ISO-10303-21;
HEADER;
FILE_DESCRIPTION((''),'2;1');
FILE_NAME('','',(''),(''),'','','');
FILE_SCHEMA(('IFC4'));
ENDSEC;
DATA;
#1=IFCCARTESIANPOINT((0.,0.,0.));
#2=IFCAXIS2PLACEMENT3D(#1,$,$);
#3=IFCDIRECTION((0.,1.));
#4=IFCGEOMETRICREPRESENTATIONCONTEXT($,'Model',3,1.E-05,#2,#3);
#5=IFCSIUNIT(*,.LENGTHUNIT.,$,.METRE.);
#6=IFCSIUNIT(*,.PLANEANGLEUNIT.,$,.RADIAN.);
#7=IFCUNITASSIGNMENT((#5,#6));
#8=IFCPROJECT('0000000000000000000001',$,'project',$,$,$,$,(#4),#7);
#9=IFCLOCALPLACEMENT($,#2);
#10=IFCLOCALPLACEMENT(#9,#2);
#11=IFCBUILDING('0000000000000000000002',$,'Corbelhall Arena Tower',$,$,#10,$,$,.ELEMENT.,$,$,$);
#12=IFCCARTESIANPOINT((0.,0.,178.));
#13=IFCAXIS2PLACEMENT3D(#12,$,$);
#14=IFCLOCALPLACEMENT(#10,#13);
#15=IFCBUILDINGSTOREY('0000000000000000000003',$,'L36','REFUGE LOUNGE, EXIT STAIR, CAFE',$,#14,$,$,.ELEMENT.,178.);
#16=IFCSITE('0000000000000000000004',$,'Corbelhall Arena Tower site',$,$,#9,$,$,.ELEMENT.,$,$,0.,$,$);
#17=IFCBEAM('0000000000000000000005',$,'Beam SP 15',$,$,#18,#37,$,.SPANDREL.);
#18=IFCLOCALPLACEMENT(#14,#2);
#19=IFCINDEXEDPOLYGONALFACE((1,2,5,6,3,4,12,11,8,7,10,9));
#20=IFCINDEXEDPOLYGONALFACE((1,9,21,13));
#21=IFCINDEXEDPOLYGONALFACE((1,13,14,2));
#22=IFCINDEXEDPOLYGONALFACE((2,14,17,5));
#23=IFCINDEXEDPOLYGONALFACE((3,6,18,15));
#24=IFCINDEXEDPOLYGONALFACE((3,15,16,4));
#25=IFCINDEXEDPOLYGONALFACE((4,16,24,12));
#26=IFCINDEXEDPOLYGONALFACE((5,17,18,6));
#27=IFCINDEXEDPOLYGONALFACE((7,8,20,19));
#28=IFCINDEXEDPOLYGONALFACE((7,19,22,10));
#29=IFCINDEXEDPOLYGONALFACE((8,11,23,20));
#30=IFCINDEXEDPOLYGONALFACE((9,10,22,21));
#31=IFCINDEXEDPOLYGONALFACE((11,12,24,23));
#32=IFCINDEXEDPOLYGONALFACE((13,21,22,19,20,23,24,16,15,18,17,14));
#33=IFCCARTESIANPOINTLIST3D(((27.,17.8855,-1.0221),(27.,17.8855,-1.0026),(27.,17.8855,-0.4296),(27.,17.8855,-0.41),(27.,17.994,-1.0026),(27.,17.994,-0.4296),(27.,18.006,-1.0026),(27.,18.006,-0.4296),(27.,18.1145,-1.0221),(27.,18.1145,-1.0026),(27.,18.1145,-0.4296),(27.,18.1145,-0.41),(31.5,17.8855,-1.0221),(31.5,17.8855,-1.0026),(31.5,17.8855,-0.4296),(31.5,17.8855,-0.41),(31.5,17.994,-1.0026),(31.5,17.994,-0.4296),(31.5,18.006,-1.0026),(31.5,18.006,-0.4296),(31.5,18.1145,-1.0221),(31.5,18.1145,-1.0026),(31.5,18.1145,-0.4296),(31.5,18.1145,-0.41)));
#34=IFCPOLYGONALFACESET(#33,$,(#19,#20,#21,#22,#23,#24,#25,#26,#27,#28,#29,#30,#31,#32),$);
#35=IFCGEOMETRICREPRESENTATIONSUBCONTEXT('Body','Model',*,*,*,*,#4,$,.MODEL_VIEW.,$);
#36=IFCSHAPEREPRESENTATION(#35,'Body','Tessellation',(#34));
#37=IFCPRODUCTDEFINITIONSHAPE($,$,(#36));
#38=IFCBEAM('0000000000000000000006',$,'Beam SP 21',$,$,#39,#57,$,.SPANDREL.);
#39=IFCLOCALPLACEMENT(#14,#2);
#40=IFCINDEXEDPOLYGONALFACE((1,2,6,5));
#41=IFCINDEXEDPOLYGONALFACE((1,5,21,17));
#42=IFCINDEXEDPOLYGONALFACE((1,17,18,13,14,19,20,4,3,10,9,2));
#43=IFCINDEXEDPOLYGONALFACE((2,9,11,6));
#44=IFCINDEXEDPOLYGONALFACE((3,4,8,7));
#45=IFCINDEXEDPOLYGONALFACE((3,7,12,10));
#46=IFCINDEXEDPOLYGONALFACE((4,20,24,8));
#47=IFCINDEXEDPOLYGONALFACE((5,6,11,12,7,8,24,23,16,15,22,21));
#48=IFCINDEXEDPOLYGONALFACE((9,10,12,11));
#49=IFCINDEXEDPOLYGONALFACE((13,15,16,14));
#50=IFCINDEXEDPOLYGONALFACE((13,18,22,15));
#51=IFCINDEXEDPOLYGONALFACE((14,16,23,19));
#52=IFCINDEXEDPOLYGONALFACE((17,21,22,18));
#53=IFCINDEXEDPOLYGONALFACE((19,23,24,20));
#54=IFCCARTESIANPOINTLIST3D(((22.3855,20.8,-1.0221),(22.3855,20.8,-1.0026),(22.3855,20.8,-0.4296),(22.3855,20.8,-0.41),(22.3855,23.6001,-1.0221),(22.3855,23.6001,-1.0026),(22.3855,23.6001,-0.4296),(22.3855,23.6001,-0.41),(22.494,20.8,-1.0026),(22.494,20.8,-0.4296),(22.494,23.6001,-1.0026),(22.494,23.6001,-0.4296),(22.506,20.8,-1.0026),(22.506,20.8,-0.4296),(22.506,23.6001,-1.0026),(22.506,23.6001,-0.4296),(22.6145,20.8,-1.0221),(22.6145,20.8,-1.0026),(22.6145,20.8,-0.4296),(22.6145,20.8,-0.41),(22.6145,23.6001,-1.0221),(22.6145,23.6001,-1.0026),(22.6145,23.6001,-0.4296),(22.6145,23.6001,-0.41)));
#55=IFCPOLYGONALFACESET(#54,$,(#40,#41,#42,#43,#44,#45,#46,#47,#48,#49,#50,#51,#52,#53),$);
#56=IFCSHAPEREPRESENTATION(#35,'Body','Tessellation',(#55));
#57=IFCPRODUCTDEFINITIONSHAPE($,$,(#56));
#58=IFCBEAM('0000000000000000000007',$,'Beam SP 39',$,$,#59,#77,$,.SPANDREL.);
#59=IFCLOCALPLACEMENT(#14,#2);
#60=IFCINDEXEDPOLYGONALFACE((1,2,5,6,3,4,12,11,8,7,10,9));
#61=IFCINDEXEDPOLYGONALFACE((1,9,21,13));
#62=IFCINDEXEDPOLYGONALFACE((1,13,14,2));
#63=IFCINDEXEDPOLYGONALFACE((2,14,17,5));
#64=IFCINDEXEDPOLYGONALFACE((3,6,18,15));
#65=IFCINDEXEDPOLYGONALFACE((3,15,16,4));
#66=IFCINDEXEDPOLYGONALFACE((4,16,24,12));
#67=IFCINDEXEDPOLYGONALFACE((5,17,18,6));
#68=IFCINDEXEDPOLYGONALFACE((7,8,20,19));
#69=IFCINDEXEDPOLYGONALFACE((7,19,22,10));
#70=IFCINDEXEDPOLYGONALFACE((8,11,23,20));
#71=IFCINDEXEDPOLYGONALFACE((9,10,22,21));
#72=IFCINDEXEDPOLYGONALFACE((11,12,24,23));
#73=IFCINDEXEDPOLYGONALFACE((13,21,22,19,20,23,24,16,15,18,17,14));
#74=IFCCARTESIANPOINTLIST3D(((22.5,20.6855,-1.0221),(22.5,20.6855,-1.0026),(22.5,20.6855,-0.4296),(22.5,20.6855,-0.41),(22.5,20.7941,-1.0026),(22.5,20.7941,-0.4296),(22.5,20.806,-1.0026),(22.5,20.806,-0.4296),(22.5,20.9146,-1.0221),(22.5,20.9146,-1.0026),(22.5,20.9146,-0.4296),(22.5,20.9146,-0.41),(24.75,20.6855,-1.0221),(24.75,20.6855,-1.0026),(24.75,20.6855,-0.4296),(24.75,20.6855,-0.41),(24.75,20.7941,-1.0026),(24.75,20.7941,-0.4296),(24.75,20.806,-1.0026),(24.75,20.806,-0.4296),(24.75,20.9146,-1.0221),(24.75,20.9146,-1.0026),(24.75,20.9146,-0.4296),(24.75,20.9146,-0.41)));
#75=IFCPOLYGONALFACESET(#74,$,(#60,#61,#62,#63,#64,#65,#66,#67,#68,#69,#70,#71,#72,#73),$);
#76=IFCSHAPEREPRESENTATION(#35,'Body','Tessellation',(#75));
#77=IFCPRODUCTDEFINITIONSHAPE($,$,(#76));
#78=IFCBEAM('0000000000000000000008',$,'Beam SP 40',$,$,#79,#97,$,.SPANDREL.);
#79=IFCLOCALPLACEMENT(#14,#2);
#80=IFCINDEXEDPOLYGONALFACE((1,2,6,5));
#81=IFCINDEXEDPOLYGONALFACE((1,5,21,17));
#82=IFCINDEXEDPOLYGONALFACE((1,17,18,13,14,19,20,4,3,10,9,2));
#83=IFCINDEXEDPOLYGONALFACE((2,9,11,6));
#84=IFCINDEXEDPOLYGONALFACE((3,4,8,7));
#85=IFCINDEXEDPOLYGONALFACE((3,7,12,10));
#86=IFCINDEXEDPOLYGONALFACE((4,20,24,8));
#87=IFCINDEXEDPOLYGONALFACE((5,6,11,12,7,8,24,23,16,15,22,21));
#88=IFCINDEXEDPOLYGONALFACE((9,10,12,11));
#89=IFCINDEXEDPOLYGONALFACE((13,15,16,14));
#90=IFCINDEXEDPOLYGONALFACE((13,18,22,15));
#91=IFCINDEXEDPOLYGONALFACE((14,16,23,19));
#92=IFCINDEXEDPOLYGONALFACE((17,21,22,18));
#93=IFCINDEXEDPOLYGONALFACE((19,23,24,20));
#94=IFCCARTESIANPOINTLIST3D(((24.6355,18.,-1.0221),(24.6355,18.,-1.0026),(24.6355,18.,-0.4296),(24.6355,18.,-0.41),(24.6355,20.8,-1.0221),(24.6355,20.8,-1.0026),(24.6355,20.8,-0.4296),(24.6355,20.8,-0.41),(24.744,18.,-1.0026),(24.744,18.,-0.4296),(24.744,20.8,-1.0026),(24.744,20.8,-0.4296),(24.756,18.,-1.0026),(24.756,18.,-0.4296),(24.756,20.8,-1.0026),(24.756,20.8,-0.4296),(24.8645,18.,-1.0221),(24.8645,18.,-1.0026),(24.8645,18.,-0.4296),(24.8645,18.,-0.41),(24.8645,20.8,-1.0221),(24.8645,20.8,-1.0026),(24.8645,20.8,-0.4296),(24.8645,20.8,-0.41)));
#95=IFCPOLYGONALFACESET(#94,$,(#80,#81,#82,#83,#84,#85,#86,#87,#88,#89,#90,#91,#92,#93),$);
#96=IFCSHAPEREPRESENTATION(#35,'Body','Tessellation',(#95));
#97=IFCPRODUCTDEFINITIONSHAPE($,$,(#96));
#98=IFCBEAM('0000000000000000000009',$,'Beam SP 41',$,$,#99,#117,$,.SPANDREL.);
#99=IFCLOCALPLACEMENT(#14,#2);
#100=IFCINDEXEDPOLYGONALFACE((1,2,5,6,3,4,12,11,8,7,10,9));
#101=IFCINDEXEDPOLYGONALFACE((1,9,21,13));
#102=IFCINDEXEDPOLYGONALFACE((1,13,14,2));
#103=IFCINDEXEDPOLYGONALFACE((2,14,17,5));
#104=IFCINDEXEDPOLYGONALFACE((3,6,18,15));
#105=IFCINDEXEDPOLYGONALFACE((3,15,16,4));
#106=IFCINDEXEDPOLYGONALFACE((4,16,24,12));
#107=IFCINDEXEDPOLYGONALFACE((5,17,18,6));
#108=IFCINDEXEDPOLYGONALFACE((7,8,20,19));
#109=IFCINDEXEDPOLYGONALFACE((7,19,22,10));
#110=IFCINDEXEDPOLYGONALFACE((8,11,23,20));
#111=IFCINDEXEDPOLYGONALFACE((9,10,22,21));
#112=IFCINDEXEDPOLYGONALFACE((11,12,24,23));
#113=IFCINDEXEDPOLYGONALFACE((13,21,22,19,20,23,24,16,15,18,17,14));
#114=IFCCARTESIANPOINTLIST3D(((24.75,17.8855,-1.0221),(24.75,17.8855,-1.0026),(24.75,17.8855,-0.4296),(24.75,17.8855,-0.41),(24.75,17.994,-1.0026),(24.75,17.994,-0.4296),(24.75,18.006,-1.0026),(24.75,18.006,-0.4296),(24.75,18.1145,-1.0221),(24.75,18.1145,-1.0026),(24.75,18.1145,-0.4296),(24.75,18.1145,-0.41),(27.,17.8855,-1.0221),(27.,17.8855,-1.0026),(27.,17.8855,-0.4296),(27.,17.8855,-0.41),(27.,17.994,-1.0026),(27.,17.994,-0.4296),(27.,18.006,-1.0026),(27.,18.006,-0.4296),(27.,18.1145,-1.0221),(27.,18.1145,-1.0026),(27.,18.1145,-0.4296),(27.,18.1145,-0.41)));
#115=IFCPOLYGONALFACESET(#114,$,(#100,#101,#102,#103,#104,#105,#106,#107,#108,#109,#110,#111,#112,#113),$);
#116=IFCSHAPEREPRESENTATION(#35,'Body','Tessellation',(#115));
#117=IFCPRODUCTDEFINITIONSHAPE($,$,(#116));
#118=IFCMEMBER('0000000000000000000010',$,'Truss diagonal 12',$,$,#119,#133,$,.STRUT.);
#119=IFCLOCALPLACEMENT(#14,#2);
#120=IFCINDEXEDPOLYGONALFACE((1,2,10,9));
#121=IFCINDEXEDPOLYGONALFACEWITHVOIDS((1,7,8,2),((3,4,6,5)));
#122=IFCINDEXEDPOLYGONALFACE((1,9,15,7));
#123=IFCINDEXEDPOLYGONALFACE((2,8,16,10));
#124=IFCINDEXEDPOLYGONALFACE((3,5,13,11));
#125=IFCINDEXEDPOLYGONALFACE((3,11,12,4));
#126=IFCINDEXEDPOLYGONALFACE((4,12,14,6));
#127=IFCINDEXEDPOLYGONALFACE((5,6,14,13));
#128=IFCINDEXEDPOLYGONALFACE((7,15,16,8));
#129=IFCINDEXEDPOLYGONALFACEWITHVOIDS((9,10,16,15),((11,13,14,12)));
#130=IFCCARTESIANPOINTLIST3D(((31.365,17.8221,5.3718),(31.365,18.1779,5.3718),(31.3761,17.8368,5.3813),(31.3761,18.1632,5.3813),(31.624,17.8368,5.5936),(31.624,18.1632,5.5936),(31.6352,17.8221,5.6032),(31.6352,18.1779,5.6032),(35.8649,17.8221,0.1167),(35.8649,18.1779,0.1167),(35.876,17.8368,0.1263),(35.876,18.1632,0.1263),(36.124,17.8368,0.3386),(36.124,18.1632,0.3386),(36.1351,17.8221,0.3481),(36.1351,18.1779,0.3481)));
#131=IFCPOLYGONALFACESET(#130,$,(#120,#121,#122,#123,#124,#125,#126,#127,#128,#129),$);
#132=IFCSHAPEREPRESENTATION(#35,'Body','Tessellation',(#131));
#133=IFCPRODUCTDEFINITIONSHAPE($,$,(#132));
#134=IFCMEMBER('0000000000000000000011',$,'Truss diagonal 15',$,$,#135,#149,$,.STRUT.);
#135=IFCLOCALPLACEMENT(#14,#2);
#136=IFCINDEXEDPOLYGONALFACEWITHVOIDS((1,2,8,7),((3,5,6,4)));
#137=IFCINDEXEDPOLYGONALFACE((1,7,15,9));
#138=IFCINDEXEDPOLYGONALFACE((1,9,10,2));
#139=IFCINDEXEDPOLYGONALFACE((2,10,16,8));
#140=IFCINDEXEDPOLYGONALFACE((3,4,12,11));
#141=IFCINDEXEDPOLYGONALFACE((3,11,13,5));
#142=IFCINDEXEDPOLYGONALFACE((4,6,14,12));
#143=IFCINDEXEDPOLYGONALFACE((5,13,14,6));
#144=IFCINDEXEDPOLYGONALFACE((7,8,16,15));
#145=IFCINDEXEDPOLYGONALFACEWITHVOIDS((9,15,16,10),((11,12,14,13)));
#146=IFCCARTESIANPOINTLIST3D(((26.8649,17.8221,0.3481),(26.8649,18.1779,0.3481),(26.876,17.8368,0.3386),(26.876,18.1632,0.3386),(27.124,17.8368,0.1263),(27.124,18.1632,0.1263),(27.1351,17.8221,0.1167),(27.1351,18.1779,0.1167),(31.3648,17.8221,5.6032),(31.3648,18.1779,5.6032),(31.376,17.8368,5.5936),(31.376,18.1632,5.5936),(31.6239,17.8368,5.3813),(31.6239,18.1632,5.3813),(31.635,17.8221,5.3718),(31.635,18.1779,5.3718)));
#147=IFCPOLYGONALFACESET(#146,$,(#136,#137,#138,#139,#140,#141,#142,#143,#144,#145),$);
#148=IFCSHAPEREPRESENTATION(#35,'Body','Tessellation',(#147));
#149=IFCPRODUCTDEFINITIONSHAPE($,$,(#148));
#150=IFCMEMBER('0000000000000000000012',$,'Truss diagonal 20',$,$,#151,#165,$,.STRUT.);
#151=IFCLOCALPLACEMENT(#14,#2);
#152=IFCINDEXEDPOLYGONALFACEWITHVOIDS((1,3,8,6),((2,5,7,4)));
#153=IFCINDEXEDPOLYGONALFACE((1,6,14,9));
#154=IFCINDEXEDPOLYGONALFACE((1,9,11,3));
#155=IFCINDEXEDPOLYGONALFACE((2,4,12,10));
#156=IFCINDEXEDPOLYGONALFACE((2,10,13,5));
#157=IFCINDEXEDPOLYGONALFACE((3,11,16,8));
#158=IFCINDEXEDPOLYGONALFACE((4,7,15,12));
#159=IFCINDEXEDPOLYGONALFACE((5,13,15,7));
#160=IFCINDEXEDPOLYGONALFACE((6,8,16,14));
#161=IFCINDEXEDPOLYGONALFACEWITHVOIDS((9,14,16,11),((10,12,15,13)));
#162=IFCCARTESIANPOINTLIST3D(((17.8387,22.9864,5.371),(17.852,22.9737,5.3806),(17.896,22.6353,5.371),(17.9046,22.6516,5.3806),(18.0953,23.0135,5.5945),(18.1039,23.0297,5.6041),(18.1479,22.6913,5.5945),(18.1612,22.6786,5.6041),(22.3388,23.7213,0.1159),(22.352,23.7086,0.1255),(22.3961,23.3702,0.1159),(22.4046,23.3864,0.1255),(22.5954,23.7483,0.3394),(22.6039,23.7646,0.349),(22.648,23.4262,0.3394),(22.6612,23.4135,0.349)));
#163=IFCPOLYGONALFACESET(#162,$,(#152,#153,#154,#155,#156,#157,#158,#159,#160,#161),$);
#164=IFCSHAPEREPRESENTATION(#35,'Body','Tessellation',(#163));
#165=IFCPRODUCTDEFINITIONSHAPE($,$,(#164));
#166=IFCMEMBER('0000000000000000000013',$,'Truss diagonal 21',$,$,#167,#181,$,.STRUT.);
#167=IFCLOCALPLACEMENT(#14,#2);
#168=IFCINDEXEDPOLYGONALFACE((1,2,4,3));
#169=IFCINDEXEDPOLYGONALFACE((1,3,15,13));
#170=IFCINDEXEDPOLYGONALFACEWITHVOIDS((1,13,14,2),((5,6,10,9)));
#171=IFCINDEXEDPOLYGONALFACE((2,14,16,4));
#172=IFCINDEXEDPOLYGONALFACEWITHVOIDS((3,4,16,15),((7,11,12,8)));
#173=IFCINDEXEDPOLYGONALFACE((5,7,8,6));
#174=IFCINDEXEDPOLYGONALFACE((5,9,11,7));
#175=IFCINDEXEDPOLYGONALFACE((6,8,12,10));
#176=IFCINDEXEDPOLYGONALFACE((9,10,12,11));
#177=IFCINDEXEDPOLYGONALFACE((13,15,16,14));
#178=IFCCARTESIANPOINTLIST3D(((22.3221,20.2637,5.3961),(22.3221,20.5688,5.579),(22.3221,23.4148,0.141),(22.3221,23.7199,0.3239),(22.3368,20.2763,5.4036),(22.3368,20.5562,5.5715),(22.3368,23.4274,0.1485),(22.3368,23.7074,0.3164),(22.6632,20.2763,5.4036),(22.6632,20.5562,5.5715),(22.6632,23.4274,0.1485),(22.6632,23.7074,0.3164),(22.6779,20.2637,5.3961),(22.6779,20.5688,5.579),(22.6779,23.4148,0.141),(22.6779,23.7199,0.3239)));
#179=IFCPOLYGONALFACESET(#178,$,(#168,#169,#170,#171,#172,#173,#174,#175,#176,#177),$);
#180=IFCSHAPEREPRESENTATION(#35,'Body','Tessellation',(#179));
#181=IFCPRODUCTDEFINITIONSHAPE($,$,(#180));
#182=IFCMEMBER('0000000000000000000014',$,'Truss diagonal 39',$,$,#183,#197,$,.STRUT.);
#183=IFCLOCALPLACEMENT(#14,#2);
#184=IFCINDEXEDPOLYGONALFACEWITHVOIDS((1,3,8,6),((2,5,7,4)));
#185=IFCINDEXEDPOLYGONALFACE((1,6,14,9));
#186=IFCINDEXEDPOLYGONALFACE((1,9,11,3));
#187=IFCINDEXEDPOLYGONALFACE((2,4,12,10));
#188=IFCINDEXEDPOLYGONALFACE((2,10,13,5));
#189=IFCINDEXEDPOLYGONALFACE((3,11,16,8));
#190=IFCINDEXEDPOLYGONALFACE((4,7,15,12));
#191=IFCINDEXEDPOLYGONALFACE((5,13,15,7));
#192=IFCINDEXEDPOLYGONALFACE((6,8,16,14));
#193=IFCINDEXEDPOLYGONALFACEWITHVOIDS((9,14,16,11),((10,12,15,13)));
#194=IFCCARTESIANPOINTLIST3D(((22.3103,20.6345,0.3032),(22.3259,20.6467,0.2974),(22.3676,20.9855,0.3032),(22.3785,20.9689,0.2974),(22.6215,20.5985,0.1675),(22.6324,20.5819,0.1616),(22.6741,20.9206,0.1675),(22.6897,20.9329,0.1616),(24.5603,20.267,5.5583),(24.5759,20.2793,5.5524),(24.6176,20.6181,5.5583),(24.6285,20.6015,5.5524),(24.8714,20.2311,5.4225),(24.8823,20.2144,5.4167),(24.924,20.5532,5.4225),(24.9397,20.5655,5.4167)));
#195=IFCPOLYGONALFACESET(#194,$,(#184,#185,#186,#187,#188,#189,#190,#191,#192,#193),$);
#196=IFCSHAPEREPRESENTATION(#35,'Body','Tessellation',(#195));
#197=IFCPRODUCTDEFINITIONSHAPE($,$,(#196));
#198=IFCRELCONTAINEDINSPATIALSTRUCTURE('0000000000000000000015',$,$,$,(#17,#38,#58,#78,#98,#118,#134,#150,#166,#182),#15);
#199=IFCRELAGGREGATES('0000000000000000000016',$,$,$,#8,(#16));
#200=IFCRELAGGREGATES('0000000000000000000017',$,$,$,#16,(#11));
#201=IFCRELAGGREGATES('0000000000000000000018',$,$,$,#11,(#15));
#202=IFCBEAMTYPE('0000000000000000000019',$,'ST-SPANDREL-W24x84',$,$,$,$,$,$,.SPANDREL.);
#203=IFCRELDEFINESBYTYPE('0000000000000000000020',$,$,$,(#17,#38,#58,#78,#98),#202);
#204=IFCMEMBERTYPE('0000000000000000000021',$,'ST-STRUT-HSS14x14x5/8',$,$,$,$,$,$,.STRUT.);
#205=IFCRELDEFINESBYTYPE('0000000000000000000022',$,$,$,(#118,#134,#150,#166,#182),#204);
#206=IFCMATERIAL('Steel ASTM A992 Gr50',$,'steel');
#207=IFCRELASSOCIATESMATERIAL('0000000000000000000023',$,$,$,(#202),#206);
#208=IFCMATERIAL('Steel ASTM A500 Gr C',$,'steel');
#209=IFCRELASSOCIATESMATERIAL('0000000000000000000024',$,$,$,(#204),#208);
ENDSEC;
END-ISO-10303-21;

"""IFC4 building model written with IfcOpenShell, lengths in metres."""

from ifc_helpers import new_model, si_unit, direction, frame, origin, origin_2d, place, context, subcontext, project, spatial, hollow_rectangle, i_section, extrude, material, material_profile, profile_set, type_object, element, save


model = new_model("IFC4")

# Units and contexts
model_context = context("Model", 3, precision=1e-05, world=origin(), true_north=direction((0.0, 1.0)))
body_context = subcontext(model_context, "Body", "Model", "MODEL_VIEW")
ifc_project = project(units=[si_unit("LENGTHUNIT", "METRE"), si_unit("PLANEANGLEUNIT", "RADIAN")], contexts=[model_context])

# Site, building, storey
site_placement = place(None, origin())
site = spatial("IfcSite", under=ifc_project, at=site_placement, Name="Corbelhall Arena Tower site", CompositionType="ELEMENT", RefElevation=0.0)
building_placement = place(site_placement, origin())
building = spatial("IfcBuilding", under=site, at=building_placement, Name="Corbelhall Arena Tower", CompositionType="ELEMENT")
storey_placement = place(building_placement, frame((0.0, 0.0, 178.0)))
storey = spatial("IfcBuildingStorey", under=building, at=storey_placement, Name="L36", Description="REFUGE LOUNGE, EXIT STAIR, CAFE", CompositionType="ELEMENT", Elevation=178.0)

# Beams
ifc_material_1 = material(Name="Steel ASTM A992 Gr50", Category="steel")
ifc_material_profile_1 = material_profile(ifc_material_1, i_section(OverallWidth=0.229, OverallDepth=0.6121, WebThickness=0.012, FlangeThickness=0.0195, at=origin_2d()))
ifc_profile_set_1 = profile_set([ifc_material_profile_1], Name="Steel ASTM A992 Gr50")
beam_type = type_object("IfcBeamType", Name="ST-SPANDREL-W24x84", PredefinedType="SPANDREL", material=ifc_profile_set_1)
for number, where, z_axis, x_axis, name in (
    (1, (27.0, 18.0, -0.7161), (1.0, 0.0, 0.0), (0.0, 1.0, 0.0), "Beam SP 15"),
):
    element("IfcBeam", number, at=place(storey_placement, frame(where, z_axis=z_axis, x_axis=x_axis)), inside=storey, type_object=beam_type, Name=name, PredefinedType="SPANDREL", context=body_context, shape_type="SweptSolid", body=[
        extrude(i_section(OverallWidth=0.229, OverallDepth=0.6121, WebThickness=0.012, FlangeThickness=0.0195, at=origin_2d()), origin(), (0.0, 0.0, 1.0), 4.5),
    ])
beam_1_placement = place(storey_placement, frame((22.5, 23.6001, -0.7161), z_axis=(0.0, -1.0, 0.0), x_axis=(1.0, 0.0, 0.0)))
element("IfcBeam", 2, at=beam_1_placement, inside=storey, type_object=beam_type, Name="Beam SP 21", PredefinedType="SPANDREL", context=body_context, shape_type="SweptSolid", body=[
    extrude(i_section(OverallWidth=0.229, OverallDepth=0.6121, WebThickness=0.012, FlangeThickness=0.0195, at=origin_2d()), origin(), (0.0, 0.0, 1.0), 2.8),
])
beam_2_placement = place(storey_placement, frame((22.5, 20.8, -0.7161), z_axis=(1.0, 0.0, 0.0), x_axis=(0.0, 1.0, 0.0)))
element("IfcBeam", 3, at=beam_2_placement, inside=storey, type_object=beam_type, Name="Beam SP 39", PredefinedType="SPANDREL", context=body_context, shape_type="SweptSolid", body=[
    extrude(i_section(OverallWidth=0.229, OverallDepth=0.6121, WebThickness=0.012, FlangeThickness=0.0195, at=origin_2d()), origin(), (0.0, 0.0, 1.0), 2.25),
])
beam_3_placement = place(storey_placement, frame((24.75, 20.8, -0.7161), z_axis=(0.0, -1.0, 0.0), x_axis=(1.0, 0.0, 0.0)))
element("IfcBeam", 4, at=beam_3_placement, inside=storey, type_object=beam_type, Name="Beam SP 40", PredefinedType="SPANDREL", context=body_context, shape_type="SweptSolid", body=[
    extrude(i_section(OverallWidth=0.229, OverallDepth=0.6121, WebThickness=0.012, FlangeThickness=0.0195, at=origin_2d()), origin(), (0.0, 0.0, 1.0), 2.8),
])
beam_4_placement = place(storey_placement, frame((24.75, 18.0, -0.7161), z_axis=(1.0, 0.0, 0.0), x_axis=(0.0, 1.0, 0.0)))
element("IfcBeam", 5, at=beam_4_placement, inside=storey, type_object=beam_type, Name="Beam SP 41", PredefinedType="SPANDREL", context=body_context, shape_type="SweptSolid", body=[
    extrude(i_section(OverallWidth=0.229, OverallDepth=0.6121, WebThickness=0.012, FlangeThickness=0.0195, at=origin_2d()), origin(), (0.0, 0.0, 1.0), 2.25),
])

# Members
ifc_material_2 = material(Name="Steel ASTM A500 Gr C", Category="steel")
ifc_material_profile_2 = material_profile(ifc_material_2, hollow_rectangle(XDim=0.3557, YDim=0.3557, WallThickness=0.0146, at=origin_2d()))
ifc_profile_set_2 = profile_set([ifc_material_profile_2], Name="Steel ASTM A500 Gr C")
member_type_1 = type_object("IfcMemberType", Name="ST-STRUT-HSS14x14x5/8", PredefinedType="STRUT", material=ifc_profile_set_2)
for number, where, z_axis, x_axis, name in (
    (6, (36.0, 18.0, 0.2324), (-0.650425, 0.0, 0.75957), (0.0, -1.0, 0.0), "Truss diagonal 12"),
    (7, (27.0, 18.0, 0.2324), (0.650425, 0.0, 0.75957), (0.0, 1.0, 0.0), "Truss diagonal 15"),
):
    element("IfcMember", number, at=place(storey_placement, frame(where, z_axis=z_axis, x_axis=x_axis)), inside=storey, type_object=member_type_1, Name=name, PredefinedType="STRUT", context=body_context, shape_type="SweptSolid", body=[
        extrude(hollow_rectangle(XDim=0.3557, YDim=0.3557, WallThickness=0.0146, at=origin_2d()), origin(), (0.0, 0.0, 1.0), 6.9185),
    ])
member_1_placement = place(storey_placement, frame((22.5, 23.5674, 0.2324), z_axis=(-0.646787, -0.105622, 0.755322), x_axis=(0.161168, -0.986927, 0.0)))
element("IfcMember", 8, at=member_1_placement, inside=storey, type_object=member_type_1, Name="Truss diagonal 20", PredefinedType="STRUT", context=body_context, shape_type="SweptSolid", body=[
    extrude(hollow_rectangle(XDim=0.3557, YDim=0.3557, WallThickness=0.0146, at=origin_2d()), origin(), (0.0, 0.0, 1.0), 6.9575),
])
member_2_placement = place(storey_placement, frame((22.5, 23.5674, 0.2324), z_axis=(0.0, -0.514261, 0.857634), x_axis=(1.0, 0.0, 0.0)))
element("IfcMember", 9, at=member_2_placement, inside=storey, type_object=member_type_1, Name="Truss diagonal 21", PredefinedType="STRUT", context=body_context, shape_type="SweptSolid", body=[
    extrude(hollow_rectangle(XDim=0.3557, YDim=0.3557, WallThickness=0.0146, at=origin_2d()), origin(), (0.0, 0.0, 1.0), 6.1274),
])
member_3_placement = place(storey_placement, frame((22.5, 20.7837, 0.2324), z_axis=(0.392784, -0.064143, 0.917391), x_axis=(0.161168, 0.986927, 0.0)))
element("IfcMember", 10, at=member_3_placement, inside=storey, type_object=member_type_1, Name="Truss diagonal 39", PredefinedType="STRUT", context=body_context, shape_type="SweptSolid", body=[
    extrude(hollow_rectangle(XDim=0.3557, YDim=0.3557, WallThickness=0.0146, at=origin_2d()), origin(), (0.0, 0.0, 1.0), 5.7283),
])

save(model, "model.ifc")
